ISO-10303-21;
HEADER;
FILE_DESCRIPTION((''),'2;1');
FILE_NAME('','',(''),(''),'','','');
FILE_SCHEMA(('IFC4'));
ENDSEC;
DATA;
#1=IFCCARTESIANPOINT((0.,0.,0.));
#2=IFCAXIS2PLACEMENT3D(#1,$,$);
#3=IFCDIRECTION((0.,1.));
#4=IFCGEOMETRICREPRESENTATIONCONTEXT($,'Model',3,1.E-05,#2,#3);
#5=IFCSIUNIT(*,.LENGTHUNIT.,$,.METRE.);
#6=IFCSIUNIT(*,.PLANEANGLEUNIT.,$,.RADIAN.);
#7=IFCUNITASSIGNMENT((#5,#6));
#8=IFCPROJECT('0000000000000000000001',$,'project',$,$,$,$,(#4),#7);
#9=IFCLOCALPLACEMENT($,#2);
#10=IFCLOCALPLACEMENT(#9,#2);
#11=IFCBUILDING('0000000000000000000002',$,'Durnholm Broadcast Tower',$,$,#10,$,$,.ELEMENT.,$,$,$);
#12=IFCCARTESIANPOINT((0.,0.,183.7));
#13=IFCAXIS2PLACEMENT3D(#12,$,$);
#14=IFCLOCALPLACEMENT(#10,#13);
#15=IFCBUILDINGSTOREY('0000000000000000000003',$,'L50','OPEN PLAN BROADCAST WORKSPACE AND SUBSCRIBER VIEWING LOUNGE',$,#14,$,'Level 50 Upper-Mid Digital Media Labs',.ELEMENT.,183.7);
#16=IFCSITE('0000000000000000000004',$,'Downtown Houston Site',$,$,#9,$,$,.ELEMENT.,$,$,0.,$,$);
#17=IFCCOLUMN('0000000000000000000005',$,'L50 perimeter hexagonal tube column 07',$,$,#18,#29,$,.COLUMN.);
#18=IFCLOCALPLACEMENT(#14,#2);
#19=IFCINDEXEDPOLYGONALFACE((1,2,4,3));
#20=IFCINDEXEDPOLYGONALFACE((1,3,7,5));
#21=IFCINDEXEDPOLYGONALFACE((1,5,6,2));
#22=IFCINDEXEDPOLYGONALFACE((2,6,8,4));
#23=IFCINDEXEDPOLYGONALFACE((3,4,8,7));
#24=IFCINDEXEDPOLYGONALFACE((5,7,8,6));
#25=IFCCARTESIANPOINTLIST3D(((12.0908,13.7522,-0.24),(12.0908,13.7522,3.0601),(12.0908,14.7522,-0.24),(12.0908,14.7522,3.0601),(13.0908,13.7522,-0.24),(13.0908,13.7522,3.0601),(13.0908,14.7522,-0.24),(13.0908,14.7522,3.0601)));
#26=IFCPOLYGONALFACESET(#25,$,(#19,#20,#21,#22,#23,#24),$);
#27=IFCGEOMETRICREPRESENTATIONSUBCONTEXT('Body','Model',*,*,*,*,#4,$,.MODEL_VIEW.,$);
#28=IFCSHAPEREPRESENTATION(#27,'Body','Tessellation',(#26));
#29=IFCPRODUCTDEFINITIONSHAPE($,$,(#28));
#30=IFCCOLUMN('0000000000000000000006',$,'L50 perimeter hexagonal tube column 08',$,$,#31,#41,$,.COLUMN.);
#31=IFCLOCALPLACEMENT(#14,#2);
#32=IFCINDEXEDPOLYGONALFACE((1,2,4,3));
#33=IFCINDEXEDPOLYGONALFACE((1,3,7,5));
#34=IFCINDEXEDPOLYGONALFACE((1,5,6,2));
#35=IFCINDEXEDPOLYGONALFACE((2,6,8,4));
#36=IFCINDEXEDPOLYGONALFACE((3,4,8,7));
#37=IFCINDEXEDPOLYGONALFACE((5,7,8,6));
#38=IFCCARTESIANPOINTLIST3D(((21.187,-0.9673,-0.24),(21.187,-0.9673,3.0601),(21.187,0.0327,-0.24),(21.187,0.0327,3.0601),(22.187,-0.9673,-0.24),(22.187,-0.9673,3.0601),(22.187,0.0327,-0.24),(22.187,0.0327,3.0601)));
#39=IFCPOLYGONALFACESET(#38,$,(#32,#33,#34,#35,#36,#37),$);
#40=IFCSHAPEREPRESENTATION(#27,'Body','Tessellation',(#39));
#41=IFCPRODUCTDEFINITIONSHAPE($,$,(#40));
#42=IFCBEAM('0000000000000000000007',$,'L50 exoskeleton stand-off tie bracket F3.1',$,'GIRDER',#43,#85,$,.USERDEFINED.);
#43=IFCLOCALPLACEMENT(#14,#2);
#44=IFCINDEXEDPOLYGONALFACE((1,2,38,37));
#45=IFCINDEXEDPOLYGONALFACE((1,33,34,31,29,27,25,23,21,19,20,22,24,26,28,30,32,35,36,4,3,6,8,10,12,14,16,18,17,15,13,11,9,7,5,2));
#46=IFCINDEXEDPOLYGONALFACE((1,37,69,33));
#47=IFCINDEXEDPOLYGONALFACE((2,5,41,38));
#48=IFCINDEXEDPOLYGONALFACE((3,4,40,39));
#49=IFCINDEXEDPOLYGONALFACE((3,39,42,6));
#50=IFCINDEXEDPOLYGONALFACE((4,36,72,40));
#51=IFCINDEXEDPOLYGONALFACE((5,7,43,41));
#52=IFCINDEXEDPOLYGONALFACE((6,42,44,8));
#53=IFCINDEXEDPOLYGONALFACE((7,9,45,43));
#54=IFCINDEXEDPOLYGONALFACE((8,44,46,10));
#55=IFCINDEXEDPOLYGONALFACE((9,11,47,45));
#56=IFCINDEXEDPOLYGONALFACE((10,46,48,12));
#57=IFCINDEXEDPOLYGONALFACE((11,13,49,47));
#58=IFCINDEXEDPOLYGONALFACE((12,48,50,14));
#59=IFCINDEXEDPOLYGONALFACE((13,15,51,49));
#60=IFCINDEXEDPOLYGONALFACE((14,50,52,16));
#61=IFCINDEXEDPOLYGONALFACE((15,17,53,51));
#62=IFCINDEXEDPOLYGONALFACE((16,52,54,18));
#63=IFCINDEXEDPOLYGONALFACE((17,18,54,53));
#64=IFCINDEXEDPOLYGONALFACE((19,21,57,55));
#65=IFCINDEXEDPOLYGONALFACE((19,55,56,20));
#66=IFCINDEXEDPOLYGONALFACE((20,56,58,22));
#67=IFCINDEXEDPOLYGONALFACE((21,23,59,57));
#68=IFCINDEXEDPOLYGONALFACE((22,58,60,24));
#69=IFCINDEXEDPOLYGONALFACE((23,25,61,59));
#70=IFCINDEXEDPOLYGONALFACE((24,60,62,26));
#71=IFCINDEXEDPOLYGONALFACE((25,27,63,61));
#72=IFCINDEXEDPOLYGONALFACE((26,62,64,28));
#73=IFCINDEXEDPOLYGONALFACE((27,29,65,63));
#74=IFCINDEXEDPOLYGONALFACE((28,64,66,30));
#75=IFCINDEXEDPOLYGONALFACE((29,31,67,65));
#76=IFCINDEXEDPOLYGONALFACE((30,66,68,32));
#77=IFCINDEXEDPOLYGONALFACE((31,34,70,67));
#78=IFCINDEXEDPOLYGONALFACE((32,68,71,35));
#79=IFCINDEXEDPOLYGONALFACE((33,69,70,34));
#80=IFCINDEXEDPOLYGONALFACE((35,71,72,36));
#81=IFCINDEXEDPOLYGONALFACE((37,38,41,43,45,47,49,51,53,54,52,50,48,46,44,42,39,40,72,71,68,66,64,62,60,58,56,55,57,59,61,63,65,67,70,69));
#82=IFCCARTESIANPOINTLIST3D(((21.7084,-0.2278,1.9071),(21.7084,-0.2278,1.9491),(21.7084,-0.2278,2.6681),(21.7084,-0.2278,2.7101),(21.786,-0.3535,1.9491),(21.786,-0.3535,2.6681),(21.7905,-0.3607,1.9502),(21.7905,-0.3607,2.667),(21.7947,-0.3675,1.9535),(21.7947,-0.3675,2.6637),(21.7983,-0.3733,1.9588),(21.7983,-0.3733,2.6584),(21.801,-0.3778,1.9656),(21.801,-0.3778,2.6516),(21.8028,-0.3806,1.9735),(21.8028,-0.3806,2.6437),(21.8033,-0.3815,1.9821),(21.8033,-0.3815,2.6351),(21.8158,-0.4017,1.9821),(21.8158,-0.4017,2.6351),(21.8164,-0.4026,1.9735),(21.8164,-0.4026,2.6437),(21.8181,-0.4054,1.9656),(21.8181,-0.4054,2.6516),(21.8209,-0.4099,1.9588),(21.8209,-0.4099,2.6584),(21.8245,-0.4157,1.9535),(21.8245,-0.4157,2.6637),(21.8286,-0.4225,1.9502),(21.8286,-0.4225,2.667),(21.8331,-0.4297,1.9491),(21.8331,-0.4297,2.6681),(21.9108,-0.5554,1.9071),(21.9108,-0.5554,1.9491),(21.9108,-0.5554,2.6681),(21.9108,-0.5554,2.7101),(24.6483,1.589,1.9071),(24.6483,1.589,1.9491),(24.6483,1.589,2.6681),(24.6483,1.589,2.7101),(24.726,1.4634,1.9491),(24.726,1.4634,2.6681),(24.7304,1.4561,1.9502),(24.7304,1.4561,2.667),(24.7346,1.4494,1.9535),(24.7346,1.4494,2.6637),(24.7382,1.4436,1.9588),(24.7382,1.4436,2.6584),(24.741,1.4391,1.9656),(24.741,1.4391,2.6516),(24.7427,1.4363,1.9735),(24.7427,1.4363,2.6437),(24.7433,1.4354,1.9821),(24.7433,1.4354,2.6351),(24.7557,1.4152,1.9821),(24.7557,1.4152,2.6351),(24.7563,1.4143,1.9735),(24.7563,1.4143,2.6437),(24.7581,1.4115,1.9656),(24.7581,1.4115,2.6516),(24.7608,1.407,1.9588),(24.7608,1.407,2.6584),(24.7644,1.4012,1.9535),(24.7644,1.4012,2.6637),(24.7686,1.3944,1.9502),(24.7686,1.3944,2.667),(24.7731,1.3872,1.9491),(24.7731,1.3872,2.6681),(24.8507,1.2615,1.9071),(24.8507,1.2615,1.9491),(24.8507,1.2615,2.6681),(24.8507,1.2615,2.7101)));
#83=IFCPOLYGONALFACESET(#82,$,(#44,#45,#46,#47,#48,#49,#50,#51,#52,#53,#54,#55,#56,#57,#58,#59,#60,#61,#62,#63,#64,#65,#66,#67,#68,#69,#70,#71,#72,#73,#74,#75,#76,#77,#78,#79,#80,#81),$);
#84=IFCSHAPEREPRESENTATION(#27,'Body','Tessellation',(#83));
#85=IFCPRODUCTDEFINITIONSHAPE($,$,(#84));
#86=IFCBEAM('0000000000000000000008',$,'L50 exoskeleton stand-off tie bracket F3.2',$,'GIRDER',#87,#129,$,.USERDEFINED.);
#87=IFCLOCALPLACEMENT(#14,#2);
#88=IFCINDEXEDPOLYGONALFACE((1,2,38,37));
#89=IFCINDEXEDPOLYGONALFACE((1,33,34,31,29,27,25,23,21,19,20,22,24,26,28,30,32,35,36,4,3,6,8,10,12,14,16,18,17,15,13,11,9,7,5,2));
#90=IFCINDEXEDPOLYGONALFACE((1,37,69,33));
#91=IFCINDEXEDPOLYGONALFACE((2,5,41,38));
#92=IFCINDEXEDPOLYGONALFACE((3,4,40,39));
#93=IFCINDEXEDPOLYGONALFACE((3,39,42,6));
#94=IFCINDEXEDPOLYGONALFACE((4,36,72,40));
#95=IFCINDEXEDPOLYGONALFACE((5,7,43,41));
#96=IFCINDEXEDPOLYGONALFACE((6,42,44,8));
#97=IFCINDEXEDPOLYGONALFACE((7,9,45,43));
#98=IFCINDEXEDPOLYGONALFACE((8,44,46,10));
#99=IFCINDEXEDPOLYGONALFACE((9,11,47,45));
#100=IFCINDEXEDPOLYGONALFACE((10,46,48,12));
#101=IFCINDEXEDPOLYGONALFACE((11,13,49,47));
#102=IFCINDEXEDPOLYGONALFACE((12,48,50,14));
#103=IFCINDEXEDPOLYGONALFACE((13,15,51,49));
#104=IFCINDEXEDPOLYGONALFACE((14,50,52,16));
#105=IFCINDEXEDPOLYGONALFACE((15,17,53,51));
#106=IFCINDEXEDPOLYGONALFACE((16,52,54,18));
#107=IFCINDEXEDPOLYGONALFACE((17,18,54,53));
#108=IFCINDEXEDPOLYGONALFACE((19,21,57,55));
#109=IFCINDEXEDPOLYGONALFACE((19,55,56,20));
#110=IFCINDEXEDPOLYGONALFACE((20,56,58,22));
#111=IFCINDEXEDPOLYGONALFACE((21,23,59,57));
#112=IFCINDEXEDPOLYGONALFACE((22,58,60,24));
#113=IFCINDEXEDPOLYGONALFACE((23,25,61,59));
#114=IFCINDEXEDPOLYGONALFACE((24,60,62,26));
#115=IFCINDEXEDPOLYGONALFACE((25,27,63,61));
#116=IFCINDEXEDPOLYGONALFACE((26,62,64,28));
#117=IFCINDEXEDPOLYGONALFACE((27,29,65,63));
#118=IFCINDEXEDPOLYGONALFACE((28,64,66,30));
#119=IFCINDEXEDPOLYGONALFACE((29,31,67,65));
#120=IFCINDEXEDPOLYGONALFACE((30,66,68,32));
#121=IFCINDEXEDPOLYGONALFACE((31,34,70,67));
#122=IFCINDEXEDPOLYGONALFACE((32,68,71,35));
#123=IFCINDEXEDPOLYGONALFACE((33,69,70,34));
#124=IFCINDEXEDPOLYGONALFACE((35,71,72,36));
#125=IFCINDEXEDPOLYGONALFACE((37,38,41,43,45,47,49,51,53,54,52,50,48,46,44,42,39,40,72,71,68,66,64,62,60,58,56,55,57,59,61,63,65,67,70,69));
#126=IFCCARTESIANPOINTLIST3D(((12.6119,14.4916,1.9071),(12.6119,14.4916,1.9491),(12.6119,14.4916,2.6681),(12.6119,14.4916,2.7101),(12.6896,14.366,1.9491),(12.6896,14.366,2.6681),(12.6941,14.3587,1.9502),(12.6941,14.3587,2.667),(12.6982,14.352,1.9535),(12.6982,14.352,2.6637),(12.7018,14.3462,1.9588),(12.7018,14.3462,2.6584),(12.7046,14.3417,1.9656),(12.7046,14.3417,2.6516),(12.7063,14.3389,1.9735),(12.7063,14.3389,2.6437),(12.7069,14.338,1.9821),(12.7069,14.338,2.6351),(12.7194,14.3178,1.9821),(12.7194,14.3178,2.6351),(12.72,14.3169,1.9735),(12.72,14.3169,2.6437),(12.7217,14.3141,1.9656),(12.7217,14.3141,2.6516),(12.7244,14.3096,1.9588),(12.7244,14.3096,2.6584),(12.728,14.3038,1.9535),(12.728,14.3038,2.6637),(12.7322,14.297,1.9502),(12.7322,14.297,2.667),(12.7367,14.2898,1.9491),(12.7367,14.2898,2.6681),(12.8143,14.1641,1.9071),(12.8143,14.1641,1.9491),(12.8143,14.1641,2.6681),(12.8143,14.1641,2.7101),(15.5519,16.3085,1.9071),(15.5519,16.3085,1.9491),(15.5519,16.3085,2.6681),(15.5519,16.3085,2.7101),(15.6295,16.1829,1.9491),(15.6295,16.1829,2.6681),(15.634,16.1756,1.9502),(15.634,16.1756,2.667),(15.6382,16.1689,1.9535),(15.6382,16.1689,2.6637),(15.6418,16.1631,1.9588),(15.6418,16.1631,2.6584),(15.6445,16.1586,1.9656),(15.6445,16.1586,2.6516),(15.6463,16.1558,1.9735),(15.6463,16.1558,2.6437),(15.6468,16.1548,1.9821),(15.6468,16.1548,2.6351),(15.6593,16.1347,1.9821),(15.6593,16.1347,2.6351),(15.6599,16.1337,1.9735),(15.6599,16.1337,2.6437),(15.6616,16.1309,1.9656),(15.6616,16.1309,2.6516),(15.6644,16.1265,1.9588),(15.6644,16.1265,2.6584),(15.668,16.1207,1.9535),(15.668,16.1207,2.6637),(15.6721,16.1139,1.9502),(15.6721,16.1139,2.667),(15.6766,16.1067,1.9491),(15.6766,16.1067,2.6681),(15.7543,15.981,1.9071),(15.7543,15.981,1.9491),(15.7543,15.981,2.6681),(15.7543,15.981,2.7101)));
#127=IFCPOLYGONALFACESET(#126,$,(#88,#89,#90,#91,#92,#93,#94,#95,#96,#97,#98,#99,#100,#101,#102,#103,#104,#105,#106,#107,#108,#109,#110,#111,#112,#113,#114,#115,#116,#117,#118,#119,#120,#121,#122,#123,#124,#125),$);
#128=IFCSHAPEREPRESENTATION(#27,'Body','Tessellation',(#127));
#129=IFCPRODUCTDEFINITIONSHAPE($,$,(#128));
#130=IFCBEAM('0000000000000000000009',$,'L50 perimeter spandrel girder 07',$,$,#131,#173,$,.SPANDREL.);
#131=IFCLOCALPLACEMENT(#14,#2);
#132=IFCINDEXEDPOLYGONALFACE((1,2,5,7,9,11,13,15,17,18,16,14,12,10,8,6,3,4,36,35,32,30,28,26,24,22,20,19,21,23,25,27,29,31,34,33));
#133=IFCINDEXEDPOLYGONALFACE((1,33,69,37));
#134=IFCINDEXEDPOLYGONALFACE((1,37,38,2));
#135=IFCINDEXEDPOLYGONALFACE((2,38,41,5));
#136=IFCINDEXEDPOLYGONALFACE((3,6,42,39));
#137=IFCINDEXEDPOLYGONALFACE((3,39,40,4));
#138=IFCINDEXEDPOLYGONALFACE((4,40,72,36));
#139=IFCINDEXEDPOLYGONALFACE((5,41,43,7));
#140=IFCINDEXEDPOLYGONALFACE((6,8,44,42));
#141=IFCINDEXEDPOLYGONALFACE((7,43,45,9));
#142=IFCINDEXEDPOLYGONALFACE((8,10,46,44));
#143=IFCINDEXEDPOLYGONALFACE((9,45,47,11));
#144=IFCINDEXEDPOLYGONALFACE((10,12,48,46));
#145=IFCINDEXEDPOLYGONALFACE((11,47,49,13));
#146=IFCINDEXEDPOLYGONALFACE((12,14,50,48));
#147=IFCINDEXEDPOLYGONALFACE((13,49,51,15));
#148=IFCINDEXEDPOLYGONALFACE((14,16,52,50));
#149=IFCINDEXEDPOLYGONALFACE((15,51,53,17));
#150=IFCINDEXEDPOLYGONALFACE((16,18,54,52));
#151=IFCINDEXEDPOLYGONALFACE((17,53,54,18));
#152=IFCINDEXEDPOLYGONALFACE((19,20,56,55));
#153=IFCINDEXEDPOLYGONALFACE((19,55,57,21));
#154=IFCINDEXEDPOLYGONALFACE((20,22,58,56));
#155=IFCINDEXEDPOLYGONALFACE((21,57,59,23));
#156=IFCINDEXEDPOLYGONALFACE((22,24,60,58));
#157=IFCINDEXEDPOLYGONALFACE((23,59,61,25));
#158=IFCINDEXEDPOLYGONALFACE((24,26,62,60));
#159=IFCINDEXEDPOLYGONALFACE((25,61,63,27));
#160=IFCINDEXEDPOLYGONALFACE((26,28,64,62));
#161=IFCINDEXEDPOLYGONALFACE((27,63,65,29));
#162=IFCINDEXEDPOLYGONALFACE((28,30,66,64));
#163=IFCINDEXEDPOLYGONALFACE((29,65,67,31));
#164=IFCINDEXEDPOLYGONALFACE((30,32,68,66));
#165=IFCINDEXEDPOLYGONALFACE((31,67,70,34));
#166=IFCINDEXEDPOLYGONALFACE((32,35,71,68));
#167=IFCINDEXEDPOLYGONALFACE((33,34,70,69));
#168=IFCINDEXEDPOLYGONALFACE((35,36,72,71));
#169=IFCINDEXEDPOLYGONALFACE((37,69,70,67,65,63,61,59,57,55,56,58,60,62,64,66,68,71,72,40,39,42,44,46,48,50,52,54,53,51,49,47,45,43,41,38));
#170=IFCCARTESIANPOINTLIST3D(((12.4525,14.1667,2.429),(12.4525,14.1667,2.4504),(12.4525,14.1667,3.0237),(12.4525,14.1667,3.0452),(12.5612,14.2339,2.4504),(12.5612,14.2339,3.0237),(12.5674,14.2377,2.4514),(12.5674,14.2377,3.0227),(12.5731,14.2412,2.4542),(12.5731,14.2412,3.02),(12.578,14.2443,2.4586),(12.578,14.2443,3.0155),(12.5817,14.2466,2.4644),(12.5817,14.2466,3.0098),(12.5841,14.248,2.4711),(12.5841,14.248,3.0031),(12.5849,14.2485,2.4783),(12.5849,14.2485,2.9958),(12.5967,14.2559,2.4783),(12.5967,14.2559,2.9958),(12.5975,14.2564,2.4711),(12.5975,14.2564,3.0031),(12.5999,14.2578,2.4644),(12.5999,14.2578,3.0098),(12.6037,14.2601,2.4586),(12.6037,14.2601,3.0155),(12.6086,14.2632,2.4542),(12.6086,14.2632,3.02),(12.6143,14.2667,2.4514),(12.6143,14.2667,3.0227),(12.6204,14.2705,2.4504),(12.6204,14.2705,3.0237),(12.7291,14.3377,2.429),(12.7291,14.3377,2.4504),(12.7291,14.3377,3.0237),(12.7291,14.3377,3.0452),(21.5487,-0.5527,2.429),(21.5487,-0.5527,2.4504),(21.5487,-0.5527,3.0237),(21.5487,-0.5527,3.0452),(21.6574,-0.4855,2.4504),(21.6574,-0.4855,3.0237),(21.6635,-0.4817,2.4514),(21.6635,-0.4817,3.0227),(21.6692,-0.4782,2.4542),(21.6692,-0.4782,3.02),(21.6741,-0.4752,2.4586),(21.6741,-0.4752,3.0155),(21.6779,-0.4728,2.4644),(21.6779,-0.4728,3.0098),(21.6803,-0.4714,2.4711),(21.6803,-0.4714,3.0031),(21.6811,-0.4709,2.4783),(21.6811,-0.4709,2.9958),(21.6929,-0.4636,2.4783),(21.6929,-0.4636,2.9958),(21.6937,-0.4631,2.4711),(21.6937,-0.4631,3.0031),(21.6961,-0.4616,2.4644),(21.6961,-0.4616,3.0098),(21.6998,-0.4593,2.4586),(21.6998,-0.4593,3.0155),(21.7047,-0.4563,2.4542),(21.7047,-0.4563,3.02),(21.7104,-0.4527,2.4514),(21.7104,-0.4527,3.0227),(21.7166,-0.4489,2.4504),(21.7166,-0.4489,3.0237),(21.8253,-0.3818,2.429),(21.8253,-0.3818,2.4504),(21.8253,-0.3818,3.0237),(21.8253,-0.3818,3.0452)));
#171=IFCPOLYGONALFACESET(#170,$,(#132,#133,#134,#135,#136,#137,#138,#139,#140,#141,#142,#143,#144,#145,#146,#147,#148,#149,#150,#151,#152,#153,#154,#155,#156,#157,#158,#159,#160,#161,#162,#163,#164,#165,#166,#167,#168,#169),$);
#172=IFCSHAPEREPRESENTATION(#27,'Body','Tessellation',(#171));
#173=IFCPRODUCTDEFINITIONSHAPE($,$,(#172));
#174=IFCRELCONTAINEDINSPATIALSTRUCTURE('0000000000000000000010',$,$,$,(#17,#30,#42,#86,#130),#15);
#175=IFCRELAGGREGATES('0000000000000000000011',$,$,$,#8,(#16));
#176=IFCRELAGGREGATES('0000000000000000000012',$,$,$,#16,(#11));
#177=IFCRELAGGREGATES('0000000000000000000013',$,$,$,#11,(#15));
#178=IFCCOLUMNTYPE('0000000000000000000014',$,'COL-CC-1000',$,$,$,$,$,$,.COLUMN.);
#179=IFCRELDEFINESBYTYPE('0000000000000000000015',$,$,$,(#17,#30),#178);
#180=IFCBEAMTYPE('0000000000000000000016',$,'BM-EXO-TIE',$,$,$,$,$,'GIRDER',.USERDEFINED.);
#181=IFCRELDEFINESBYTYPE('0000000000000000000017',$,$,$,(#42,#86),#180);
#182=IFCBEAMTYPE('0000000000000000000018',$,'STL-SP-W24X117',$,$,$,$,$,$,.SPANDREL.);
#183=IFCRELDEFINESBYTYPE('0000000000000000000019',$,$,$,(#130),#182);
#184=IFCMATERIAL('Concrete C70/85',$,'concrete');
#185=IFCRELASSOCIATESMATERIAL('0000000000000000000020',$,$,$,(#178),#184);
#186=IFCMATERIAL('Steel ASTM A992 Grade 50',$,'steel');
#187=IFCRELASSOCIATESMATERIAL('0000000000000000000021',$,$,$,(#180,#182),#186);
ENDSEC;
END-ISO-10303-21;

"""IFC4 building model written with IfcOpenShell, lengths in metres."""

from ifc_helpers import new_model, si_unit, direction, frame, origin, origin_2d, place, context, subcontext, project, spatial, rectangle, i_section, extrude, source, transform, mapped, material, material_profile, profile_set, type_object, type_shapes, element, save


model = new_model("IFC4")

# Units and contexts
model_context = context("Model", 3, precision=1e-05, world=origin(), true_north=direction((0.0, 1.0)))
body_context = subcontext(model_context, "Body", "Model", "MODEL_VIEW")
ifc_project = project(units=[si_unit("LENGTHUNIT", "METRE"), si_unit("PLANEANGLEUNIT", "RADIAN")], contexts=[model_context])

# Site, building, storey
site_placement = place(None, origin())
site = spatial("IfcSite", under=ifc_project, at=site_placement, Name="Downtown Houston Site", CompositionType="ELEMENT", RefElevation=0.0)
building_placement = place(site_placement, origin())
building = spatial("IfcBuilding", under=site, at=building_placement, Name="Durnholm Broadcast Tower", CompositionType="ELEMENT")
storey_placement = place(building_placement, frame((0.0, 0.0, 183.7)))
storey = spatial("IfcBuildingStorey", under=building, at=storey_placement, Name="L50", Description="OPEN PLAN BROADCAST WORKSPACE AND SUBSCRIBER VIEWING LOUNGE", LongName="Level 50 Upper-Mid Digital Media Labs", CompositionType="ELEMENT", Elevation=183.7)

# Columns
ifc_material_1 = material(Name="Concrete C70/85", Category="concrete")
ifc_material_profile_1 = material_profile(ifc_material_1, rectangle(XDim=1.0, YDim=1.0, at=origin_2d()), Name="RC1000X1000")
ifc_profile_set_1 = profile_set([ifc_material_profile_1], Name="Concrete C70/85")
column_type = type_object("IfcColumnType", Name="COL-CC-1000", PredefinedType="COLUMN", material=ifc_profile_set_1)
shared_shape_1 = source(origin(), body_context, "Body", "SweptSolid", [
    extrude(rectangle(XDim=1.0, YDim=1.0, at=origin_2d()), origin(), (0.0, 0.0, 1.0), 3.3),
])
type_shapes(column_type, [shared_shape_1])
for number, where, z_axis, x_axis, name in (
    (1, (12.5908, 14.2522, -0.24), (0.0, 0.0, 1.0), (1.0, 0.0, 0.0), "L50 perimeter hexagonal tube column 07"),
    (2, (21.687, -0.4673, -0.24), (0.0, 0.0, 1.0), (1.0, 0.0, 0.0), "L50 perimeter hexagonal tube column 08"),
):
    element("IfcColumn", number, at=place(storey_placement, frame(where, z_axis=z_axis, x_axis=x_axis)), inside=storey, type_object=column_type, Name=name, PredefinedType="COLUMN", context=body_context, shape_type="MappedRepresentation", body=[
        mapped(shared_shape_1, transform((0.0, 0.0, 0.0), x_axis=(1.0, 0.0, 0.0), y_axis=(0.0, 1.0, 0.0), z_axis=(0.0, 0.0, 1.0), scale=1.0)),
    ])

# Beams
ifc_material_2 = material(Name="Steel ASTM A992 Grade 50", Category="steel")
ifc_material_profile_2 = material_profile(ifc_material_2, i_section(OverallWidth=0.385, OverallDepth=0.803, WebThickness=0.0237, FlangeThickness=0.042, FilletRadius=0.033, at=origin_2d()), Name="W30X261")
ifc_profile_set_2 = profile_set([ifc_material_profile_2], Name="Steel ASTM A992 Grade 50")
beam_type_1 = type_object("IfcBeamType", Name="BM-EXO-TIE", ElementType="GIRDER", PredefinedType="USERDEFINED", material=ifc_profile_set_2)
shared_shape_2 = source(origin(), body_context, "Body", "SweptSolid", [
    extrude(i_section(OverallWidth=0.385, OverallDepth=0.803, WebThickness=0.0237, FlangeThickness=0.042, FilletRadius=0.033, at=origin_2d()), origin(), (0.0, 0.0, 1.0), 3.4561),
])
for number, where, z_axis, x_axis, name in (
    (3, (21.8096, -0.3916, 2.3086), (0.850662, 0.525712, 0.0), (-0.525712, 0.850662, 0.0), "L50 exoskeleton stand-off tie bracket F3.1"),
    (4, (12.7131, 14.3279, 2.3086), (0.850662, 0.525712, 0.0), (-0.525712, 0.850662, 0.0), "L50 exoskeleton stand-off tie bracket F3.2"),
):
    element("IfcBeam", number, at=place(storey_placement, frame(where, z_axis=z_axis, x_axis=x_axis)), inside=storey, type_object=beam_type_1, Name=name, ObjectType="GIRDER", PredefinedType="USERDEFINED", context=body_context, shape_type="MappedRepresentation", body=[
        mapped(shared_shape_2, transform((0.0, 0.0, 0.0), x_axis=(1.0, 0.0, 0.0), y_axis=(0.0, 1.0, 0.0), z_axis=(0.0, 0.0, 1.0), scale=1.0)),
    ])
ifc_material_profile_3 = material_profile(ifc_material_2, i_section(OverallWidth=0.3252, OverallDepth=0.6162, WebThickness=0.0139, FlangeThickness=0.0215, FilletRadius=0.0278, at=origin_2d()), Name="W24X117")
ifc_profile_set_3 = profile_set([ifc_material_profile_3], Name="Steel ASTM A992 Grade 50")
beam_type_2 = type_object("IfcBeamType", Name="STL-SP-W24X117", PredefinedType="SPANDREL", material=ifc_profile_set_3)
shared_shape_3 = source(origin(), body_context, "Body", "SweptSolid", [
    extrude(i_section(OverallWidth=0.3252, OverallDepth=0.6162, WebThickness=0.0139, FlangeThickness=0.0215, FilletRadius=0.0278, at=origin_2d()), origin(), (0.0, 0.0, 1.0), 17.3032),
])
beam_1_placement = place(storey_placement, frame((12.5908, 14.2522, 2.7371), z_axis=(0.525691, -0.850675, 0.0), x_axis=(0.850675, 0.525691, 0.0)))
element("IfcBeam", 5, at=beam_1_placement, inside=storey, type_object=beam_type_2, Name="L50 perimeter spandrel girder 07", PredefinedType="SPANDREL", context=body_context, shape_type="MappedRepresentation", body=[
    mapped(shared_shape_3, transform((0.0, 0.0, 0.0), x_axis=(1.0, 0.0, 0.0), y_axis=(0.0, 1.0, 0.0), z_axis=(0.0, 0.0, 1.0), scale=1.0)),
])

save(model, "model.ifc")
